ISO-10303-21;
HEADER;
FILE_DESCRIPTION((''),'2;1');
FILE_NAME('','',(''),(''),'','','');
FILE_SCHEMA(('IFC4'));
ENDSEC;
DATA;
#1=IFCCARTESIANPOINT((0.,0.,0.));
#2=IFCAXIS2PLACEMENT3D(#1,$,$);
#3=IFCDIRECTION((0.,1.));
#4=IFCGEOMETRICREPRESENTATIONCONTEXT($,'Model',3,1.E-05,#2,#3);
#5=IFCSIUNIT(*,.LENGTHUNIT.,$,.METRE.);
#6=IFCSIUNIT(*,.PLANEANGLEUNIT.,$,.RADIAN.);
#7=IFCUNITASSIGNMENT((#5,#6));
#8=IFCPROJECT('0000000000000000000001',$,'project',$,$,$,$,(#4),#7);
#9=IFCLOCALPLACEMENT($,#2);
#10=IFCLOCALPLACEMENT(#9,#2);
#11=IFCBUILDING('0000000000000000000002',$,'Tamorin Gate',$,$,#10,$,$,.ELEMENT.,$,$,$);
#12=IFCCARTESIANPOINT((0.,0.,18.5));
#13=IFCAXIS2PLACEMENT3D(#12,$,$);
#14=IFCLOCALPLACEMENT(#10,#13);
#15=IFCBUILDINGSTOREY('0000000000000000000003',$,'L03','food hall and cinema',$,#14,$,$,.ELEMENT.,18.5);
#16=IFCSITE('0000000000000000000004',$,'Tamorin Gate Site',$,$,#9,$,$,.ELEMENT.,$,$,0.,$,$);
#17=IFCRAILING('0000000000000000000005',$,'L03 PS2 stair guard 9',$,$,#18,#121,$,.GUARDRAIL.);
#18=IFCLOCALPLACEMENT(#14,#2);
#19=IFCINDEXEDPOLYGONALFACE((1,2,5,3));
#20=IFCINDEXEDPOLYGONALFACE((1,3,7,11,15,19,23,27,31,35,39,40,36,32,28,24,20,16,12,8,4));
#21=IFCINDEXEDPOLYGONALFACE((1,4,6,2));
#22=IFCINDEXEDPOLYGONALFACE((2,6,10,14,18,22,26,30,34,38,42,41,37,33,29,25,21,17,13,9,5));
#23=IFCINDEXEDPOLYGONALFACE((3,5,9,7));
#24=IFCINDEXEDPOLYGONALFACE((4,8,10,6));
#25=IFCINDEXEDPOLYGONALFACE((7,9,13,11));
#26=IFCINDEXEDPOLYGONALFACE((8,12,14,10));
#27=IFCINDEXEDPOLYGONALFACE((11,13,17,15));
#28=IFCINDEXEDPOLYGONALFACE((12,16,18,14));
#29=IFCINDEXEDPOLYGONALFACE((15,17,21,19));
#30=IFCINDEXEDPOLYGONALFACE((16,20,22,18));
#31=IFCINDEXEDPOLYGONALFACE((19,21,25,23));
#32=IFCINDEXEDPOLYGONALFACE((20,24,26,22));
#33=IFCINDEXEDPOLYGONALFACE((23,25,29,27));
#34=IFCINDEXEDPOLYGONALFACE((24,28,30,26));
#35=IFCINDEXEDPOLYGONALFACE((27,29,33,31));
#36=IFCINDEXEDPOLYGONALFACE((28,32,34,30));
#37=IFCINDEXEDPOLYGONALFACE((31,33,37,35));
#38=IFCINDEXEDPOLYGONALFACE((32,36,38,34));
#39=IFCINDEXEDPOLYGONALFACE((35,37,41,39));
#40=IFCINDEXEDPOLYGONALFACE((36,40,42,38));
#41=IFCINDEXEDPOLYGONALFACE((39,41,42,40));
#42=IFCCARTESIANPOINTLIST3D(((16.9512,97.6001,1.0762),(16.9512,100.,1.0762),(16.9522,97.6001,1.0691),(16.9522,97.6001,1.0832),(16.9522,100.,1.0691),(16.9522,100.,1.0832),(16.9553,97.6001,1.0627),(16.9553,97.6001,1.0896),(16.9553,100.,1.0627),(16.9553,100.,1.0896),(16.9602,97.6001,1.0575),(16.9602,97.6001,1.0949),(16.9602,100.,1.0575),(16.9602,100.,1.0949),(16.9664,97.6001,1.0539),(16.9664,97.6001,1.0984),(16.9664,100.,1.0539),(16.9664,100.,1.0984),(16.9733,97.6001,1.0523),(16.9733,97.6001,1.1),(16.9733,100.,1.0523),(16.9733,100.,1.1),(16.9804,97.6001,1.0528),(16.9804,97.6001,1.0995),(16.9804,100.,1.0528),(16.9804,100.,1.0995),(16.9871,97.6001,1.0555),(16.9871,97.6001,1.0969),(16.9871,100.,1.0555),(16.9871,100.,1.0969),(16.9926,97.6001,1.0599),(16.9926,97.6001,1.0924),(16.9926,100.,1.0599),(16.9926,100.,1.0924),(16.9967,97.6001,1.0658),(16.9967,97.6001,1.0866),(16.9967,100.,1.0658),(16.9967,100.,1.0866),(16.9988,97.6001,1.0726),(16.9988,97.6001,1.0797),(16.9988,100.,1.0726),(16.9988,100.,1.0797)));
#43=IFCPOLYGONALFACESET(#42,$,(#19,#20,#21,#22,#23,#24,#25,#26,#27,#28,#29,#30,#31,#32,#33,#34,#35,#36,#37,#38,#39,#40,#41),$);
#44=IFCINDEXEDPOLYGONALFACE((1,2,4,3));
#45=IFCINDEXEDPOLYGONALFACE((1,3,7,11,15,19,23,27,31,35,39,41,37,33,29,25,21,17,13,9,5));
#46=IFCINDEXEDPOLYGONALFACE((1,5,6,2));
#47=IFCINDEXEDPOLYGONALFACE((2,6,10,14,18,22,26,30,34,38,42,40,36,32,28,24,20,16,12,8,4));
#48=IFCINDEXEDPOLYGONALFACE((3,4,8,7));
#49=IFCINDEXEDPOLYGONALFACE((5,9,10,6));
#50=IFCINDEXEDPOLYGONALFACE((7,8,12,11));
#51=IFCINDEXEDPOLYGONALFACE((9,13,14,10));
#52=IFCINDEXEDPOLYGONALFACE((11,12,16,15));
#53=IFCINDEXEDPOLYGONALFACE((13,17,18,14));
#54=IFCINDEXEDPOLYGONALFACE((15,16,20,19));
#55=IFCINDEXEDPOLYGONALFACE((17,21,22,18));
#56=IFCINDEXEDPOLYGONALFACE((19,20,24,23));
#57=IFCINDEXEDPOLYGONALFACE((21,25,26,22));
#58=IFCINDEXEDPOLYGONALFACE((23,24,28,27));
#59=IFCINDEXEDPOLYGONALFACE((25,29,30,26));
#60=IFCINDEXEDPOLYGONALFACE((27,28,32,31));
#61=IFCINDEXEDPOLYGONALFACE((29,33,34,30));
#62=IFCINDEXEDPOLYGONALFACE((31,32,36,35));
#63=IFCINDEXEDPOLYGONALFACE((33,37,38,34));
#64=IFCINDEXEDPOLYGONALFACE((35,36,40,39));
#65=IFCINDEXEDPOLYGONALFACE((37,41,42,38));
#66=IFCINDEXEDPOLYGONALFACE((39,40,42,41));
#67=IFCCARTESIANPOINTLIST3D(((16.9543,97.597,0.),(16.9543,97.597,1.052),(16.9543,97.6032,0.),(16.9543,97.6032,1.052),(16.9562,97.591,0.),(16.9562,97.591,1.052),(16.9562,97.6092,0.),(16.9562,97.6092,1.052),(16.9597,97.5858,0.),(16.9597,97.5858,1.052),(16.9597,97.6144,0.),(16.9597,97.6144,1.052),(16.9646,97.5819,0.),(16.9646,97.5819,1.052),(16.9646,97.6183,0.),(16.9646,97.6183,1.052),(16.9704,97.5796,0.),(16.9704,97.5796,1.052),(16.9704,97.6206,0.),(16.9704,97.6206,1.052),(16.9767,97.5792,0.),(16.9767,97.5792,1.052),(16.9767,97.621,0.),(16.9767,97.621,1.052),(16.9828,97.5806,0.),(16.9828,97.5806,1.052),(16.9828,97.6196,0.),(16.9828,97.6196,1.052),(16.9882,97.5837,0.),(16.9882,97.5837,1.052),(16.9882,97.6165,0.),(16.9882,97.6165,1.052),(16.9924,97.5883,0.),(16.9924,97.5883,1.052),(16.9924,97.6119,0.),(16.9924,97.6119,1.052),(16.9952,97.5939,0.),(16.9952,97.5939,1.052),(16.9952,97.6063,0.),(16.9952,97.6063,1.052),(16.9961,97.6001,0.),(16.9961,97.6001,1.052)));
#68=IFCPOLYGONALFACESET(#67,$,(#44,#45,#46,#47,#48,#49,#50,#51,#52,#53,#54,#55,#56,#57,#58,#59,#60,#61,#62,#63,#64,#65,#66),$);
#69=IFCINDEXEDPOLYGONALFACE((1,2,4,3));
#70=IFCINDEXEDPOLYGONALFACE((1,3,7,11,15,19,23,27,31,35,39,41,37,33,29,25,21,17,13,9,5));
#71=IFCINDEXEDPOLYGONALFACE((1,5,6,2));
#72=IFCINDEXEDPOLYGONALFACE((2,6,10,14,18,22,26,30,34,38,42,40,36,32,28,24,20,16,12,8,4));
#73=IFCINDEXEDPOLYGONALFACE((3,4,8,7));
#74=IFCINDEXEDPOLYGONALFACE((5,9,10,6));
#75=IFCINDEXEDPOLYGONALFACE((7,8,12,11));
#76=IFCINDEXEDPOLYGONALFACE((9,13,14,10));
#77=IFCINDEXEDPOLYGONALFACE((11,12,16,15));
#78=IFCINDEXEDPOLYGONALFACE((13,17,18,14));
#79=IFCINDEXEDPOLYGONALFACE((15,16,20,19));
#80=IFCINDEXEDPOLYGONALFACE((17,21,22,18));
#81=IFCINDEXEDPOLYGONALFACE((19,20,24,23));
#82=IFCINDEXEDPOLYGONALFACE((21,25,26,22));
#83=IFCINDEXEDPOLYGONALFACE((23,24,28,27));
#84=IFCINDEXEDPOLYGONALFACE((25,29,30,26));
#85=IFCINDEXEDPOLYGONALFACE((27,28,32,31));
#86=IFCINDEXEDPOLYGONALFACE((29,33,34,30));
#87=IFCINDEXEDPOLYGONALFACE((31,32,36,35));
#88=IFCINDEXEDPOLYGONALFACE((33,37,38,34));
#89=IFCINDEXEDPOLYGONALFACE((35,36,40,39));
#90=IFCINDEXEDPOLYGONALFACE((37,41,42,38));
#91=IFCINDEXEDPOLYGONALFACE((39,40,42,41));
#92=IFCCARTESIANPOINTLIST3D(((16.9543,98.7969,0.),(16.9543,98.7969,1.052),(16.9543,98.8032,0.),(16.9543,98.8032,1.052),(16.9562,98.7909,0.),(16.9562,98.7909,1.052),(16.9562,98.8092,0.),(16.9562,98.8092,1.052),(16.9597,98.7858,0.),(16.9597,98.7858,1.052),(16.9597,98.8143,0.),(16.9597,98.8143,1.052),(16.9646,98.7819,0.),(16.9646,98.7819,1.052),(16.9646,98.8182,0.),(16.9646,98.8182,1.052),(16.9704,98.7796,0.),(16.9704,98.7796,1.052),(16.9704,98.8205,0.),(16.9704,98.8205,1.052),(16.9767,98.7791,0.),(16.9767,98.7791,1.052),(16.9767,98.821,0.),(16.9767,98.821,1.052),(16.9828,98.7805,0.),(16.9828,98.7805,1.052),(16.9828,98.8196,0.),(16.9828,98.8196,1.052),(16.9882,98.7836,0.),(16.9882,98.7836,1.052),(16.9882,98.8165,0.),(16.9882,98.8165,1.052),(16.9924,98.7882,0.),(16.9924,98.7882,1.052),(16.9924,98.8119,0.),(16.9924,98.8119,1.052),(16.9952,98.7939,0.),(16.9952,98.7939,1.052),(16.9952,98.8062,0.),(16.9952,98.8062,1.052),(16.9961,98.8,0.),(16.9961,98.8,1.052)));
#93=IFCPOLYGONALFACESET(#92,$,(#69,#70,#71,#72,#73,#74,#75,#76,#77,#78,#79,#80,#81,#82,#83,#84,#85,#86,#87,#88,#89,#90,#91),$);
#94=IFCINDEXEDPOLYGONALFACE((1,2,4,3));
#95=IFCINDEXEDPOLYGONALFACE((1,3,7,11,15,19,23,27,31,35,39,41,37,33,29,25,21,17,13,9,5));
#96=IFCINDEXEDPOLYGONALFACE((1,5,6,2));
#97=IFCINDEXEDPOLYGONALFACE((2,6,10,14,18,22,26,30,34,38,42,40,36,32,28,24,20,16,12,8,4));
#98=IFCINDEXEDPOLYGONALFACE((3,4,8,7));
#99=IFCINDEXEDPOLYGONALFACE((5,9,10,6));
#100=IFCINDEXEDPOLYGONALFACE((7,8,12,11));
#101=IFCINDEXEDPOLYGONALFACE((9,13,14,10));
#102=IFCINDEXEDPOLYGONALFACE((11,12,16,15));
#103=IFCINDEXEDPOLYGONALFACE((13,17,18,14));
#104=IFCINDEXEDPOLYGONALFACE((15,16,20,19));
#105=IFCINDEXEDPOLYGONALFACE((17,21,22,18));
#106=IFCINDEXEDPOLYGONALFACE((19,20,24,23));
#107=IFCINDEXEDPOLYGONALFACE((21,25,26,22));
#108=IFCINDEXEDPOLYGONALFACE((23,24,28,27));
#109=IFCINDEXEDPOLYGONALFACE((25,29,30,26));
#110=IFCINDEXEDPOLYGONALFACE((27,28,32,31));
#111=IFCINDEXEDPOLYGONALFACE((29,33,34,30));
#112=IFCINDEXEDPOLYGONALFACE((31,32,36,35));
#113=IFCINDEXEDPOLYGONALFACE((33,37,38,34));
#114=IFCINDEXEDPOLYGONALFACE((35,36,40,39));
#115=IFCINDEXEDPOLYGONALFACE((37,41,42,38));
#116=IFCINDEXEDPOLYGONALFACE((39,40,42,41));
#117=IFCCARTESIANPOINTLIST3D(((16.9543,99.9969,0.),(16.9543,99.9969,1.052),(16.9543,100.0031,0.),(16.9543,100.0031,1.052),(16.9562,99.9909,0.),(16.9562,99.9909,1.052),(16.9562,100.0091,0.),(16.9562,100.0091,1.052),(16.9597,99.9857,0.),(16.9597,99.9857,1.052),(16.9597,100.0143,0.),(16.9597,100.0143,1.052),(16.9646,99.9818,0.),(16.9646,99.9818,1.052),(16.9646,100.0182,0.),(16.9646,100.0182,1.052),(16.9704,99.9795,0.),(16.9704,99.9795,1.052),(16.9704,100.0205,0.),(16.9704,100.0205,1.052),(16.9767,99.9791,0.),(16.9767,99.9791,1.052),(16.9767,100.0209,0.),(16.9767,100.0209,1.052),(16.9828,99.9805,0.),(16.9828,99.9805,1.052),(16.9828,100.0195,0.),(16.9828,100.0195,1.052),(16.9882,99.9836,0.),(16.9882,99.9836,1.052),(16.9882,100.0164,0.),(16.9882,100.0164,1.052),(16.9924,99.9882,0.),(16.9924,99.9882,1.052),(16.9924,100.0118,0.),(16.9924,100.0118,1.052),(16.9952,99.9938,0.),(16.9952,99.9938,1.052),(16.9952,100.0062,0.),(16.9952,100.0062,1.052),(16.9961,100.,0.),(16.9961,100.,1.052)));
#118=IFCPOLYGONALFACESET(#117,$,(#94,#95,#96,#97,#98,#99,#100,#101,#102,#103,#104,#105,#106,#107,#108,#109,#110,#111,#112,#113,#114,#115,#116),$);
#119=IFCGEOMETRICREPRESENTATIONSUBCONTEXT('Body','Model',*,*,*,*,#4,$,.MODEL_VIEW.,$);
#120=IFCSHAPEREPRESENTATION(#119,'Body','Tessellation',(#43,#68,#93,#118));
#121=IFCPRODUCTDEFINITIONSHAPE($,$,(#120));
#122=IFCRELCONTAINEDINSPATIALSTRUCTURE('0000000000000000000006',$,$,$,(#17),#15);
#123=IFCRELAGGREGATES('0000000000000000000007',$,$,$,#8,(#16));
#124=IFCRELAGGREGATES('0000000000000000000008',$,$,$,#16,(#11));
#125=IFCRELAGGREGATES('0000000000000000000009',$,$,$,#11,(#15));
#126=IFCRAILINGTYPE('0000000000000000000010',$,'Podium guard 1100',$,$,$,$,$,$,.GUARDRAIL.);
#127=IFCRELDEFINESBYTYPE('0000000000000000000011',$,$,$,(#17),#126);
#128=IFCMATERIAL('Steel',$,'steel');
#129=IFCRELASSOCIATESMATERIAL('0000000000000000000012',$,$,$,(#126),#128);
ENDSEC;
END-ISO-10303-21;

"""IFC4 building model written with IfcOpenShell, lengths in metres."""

from ifc_helpers import new_model, si_unit, direction, frame, origin, origin_2d, place, context, subcontext, project, spatial, circle, extrude, material, type_object, element, save


model = new_model("IFC4")

# Units and contexts
model_context = context("Model", 3, precision=1e-05, world=origin(), true_north=direction((0.0, 1.0)))
body_context = subcontext(model_context, "Body", "Model", "MODEL_VIEW")
ifc_project = project(units=[si_unit("LENGTHUNIT", "METRE"), si_unit("PLANEANGLEUNIT", "RADIAN")], contexts=[model_context])

# Site, building, storey
site_placement = place(None, origin())
site = spatial("IfcSite", under=ifc_project, at=site_placement, Name="Tamorin Gate Site", CompositionType="ELEMENT", RefElevation=0.0)
building_placement = place(site_placement, origin())
building = spatial("IfcBuilding", under=site, at=building_placement, Name="Tamorin Gate", CompositionType="ELEMENT")
storey_placement = place(building_placement, frame((0.0, 0.0, 18.5)))
storey = spatial("IfcBuildingStorey", under=building, at=storey_placement, Name="L03", Description="food hall and cinema", CompositionType="ELEMENT", Elevation=18.5)

# Railing
ifc_material_1 = material(Name="Steel", Category="steel")
railing_type_1 = type_object("IfcRailingType", Name="Podium guard 1100", PredefinedType="GUARDRAIL", material=ifc_material_1)
for number, where, name in (
    (1, (16.9751, 97.6001, 0.0), "L03 PS2 stair guard 9"),
):
    element("IfcRailing", number, at=place(storey_placement, frame(where)), inside=storey, type_object=railing_type_1, Name=name, PredefinedType="GUARDRAIL", context=body_context, shape_type="SweptSolid", body=[
        extrude(circle(Radius=0.0239, at=origin_2d()), frame((0.0, 0.0, 1.0762), z_axis=(0.0, 1.0, 0.0), x_axis=(-1.0, 0.0, 0.0)), (0.0, 0.0, 1.0), 2.3999),
        extrude(circle(Radius=0.021, at=origin_2d()), origin(), (0.0, 0.0, 1.0), 1.052),
        extrude(circle(Radius=0.021, at=origin_2d()), frame((0.0, 1.2, 0.0)), (0.0, 0.0, 1.0), 1.052),
        extrude(circle(Radius=0.021, at=origin_2d()), frame((0.0, 2.3999, 0.0)), (0.0, 0.0, 1.0), 1.052),
    ])

save(model, "model.ifc")
